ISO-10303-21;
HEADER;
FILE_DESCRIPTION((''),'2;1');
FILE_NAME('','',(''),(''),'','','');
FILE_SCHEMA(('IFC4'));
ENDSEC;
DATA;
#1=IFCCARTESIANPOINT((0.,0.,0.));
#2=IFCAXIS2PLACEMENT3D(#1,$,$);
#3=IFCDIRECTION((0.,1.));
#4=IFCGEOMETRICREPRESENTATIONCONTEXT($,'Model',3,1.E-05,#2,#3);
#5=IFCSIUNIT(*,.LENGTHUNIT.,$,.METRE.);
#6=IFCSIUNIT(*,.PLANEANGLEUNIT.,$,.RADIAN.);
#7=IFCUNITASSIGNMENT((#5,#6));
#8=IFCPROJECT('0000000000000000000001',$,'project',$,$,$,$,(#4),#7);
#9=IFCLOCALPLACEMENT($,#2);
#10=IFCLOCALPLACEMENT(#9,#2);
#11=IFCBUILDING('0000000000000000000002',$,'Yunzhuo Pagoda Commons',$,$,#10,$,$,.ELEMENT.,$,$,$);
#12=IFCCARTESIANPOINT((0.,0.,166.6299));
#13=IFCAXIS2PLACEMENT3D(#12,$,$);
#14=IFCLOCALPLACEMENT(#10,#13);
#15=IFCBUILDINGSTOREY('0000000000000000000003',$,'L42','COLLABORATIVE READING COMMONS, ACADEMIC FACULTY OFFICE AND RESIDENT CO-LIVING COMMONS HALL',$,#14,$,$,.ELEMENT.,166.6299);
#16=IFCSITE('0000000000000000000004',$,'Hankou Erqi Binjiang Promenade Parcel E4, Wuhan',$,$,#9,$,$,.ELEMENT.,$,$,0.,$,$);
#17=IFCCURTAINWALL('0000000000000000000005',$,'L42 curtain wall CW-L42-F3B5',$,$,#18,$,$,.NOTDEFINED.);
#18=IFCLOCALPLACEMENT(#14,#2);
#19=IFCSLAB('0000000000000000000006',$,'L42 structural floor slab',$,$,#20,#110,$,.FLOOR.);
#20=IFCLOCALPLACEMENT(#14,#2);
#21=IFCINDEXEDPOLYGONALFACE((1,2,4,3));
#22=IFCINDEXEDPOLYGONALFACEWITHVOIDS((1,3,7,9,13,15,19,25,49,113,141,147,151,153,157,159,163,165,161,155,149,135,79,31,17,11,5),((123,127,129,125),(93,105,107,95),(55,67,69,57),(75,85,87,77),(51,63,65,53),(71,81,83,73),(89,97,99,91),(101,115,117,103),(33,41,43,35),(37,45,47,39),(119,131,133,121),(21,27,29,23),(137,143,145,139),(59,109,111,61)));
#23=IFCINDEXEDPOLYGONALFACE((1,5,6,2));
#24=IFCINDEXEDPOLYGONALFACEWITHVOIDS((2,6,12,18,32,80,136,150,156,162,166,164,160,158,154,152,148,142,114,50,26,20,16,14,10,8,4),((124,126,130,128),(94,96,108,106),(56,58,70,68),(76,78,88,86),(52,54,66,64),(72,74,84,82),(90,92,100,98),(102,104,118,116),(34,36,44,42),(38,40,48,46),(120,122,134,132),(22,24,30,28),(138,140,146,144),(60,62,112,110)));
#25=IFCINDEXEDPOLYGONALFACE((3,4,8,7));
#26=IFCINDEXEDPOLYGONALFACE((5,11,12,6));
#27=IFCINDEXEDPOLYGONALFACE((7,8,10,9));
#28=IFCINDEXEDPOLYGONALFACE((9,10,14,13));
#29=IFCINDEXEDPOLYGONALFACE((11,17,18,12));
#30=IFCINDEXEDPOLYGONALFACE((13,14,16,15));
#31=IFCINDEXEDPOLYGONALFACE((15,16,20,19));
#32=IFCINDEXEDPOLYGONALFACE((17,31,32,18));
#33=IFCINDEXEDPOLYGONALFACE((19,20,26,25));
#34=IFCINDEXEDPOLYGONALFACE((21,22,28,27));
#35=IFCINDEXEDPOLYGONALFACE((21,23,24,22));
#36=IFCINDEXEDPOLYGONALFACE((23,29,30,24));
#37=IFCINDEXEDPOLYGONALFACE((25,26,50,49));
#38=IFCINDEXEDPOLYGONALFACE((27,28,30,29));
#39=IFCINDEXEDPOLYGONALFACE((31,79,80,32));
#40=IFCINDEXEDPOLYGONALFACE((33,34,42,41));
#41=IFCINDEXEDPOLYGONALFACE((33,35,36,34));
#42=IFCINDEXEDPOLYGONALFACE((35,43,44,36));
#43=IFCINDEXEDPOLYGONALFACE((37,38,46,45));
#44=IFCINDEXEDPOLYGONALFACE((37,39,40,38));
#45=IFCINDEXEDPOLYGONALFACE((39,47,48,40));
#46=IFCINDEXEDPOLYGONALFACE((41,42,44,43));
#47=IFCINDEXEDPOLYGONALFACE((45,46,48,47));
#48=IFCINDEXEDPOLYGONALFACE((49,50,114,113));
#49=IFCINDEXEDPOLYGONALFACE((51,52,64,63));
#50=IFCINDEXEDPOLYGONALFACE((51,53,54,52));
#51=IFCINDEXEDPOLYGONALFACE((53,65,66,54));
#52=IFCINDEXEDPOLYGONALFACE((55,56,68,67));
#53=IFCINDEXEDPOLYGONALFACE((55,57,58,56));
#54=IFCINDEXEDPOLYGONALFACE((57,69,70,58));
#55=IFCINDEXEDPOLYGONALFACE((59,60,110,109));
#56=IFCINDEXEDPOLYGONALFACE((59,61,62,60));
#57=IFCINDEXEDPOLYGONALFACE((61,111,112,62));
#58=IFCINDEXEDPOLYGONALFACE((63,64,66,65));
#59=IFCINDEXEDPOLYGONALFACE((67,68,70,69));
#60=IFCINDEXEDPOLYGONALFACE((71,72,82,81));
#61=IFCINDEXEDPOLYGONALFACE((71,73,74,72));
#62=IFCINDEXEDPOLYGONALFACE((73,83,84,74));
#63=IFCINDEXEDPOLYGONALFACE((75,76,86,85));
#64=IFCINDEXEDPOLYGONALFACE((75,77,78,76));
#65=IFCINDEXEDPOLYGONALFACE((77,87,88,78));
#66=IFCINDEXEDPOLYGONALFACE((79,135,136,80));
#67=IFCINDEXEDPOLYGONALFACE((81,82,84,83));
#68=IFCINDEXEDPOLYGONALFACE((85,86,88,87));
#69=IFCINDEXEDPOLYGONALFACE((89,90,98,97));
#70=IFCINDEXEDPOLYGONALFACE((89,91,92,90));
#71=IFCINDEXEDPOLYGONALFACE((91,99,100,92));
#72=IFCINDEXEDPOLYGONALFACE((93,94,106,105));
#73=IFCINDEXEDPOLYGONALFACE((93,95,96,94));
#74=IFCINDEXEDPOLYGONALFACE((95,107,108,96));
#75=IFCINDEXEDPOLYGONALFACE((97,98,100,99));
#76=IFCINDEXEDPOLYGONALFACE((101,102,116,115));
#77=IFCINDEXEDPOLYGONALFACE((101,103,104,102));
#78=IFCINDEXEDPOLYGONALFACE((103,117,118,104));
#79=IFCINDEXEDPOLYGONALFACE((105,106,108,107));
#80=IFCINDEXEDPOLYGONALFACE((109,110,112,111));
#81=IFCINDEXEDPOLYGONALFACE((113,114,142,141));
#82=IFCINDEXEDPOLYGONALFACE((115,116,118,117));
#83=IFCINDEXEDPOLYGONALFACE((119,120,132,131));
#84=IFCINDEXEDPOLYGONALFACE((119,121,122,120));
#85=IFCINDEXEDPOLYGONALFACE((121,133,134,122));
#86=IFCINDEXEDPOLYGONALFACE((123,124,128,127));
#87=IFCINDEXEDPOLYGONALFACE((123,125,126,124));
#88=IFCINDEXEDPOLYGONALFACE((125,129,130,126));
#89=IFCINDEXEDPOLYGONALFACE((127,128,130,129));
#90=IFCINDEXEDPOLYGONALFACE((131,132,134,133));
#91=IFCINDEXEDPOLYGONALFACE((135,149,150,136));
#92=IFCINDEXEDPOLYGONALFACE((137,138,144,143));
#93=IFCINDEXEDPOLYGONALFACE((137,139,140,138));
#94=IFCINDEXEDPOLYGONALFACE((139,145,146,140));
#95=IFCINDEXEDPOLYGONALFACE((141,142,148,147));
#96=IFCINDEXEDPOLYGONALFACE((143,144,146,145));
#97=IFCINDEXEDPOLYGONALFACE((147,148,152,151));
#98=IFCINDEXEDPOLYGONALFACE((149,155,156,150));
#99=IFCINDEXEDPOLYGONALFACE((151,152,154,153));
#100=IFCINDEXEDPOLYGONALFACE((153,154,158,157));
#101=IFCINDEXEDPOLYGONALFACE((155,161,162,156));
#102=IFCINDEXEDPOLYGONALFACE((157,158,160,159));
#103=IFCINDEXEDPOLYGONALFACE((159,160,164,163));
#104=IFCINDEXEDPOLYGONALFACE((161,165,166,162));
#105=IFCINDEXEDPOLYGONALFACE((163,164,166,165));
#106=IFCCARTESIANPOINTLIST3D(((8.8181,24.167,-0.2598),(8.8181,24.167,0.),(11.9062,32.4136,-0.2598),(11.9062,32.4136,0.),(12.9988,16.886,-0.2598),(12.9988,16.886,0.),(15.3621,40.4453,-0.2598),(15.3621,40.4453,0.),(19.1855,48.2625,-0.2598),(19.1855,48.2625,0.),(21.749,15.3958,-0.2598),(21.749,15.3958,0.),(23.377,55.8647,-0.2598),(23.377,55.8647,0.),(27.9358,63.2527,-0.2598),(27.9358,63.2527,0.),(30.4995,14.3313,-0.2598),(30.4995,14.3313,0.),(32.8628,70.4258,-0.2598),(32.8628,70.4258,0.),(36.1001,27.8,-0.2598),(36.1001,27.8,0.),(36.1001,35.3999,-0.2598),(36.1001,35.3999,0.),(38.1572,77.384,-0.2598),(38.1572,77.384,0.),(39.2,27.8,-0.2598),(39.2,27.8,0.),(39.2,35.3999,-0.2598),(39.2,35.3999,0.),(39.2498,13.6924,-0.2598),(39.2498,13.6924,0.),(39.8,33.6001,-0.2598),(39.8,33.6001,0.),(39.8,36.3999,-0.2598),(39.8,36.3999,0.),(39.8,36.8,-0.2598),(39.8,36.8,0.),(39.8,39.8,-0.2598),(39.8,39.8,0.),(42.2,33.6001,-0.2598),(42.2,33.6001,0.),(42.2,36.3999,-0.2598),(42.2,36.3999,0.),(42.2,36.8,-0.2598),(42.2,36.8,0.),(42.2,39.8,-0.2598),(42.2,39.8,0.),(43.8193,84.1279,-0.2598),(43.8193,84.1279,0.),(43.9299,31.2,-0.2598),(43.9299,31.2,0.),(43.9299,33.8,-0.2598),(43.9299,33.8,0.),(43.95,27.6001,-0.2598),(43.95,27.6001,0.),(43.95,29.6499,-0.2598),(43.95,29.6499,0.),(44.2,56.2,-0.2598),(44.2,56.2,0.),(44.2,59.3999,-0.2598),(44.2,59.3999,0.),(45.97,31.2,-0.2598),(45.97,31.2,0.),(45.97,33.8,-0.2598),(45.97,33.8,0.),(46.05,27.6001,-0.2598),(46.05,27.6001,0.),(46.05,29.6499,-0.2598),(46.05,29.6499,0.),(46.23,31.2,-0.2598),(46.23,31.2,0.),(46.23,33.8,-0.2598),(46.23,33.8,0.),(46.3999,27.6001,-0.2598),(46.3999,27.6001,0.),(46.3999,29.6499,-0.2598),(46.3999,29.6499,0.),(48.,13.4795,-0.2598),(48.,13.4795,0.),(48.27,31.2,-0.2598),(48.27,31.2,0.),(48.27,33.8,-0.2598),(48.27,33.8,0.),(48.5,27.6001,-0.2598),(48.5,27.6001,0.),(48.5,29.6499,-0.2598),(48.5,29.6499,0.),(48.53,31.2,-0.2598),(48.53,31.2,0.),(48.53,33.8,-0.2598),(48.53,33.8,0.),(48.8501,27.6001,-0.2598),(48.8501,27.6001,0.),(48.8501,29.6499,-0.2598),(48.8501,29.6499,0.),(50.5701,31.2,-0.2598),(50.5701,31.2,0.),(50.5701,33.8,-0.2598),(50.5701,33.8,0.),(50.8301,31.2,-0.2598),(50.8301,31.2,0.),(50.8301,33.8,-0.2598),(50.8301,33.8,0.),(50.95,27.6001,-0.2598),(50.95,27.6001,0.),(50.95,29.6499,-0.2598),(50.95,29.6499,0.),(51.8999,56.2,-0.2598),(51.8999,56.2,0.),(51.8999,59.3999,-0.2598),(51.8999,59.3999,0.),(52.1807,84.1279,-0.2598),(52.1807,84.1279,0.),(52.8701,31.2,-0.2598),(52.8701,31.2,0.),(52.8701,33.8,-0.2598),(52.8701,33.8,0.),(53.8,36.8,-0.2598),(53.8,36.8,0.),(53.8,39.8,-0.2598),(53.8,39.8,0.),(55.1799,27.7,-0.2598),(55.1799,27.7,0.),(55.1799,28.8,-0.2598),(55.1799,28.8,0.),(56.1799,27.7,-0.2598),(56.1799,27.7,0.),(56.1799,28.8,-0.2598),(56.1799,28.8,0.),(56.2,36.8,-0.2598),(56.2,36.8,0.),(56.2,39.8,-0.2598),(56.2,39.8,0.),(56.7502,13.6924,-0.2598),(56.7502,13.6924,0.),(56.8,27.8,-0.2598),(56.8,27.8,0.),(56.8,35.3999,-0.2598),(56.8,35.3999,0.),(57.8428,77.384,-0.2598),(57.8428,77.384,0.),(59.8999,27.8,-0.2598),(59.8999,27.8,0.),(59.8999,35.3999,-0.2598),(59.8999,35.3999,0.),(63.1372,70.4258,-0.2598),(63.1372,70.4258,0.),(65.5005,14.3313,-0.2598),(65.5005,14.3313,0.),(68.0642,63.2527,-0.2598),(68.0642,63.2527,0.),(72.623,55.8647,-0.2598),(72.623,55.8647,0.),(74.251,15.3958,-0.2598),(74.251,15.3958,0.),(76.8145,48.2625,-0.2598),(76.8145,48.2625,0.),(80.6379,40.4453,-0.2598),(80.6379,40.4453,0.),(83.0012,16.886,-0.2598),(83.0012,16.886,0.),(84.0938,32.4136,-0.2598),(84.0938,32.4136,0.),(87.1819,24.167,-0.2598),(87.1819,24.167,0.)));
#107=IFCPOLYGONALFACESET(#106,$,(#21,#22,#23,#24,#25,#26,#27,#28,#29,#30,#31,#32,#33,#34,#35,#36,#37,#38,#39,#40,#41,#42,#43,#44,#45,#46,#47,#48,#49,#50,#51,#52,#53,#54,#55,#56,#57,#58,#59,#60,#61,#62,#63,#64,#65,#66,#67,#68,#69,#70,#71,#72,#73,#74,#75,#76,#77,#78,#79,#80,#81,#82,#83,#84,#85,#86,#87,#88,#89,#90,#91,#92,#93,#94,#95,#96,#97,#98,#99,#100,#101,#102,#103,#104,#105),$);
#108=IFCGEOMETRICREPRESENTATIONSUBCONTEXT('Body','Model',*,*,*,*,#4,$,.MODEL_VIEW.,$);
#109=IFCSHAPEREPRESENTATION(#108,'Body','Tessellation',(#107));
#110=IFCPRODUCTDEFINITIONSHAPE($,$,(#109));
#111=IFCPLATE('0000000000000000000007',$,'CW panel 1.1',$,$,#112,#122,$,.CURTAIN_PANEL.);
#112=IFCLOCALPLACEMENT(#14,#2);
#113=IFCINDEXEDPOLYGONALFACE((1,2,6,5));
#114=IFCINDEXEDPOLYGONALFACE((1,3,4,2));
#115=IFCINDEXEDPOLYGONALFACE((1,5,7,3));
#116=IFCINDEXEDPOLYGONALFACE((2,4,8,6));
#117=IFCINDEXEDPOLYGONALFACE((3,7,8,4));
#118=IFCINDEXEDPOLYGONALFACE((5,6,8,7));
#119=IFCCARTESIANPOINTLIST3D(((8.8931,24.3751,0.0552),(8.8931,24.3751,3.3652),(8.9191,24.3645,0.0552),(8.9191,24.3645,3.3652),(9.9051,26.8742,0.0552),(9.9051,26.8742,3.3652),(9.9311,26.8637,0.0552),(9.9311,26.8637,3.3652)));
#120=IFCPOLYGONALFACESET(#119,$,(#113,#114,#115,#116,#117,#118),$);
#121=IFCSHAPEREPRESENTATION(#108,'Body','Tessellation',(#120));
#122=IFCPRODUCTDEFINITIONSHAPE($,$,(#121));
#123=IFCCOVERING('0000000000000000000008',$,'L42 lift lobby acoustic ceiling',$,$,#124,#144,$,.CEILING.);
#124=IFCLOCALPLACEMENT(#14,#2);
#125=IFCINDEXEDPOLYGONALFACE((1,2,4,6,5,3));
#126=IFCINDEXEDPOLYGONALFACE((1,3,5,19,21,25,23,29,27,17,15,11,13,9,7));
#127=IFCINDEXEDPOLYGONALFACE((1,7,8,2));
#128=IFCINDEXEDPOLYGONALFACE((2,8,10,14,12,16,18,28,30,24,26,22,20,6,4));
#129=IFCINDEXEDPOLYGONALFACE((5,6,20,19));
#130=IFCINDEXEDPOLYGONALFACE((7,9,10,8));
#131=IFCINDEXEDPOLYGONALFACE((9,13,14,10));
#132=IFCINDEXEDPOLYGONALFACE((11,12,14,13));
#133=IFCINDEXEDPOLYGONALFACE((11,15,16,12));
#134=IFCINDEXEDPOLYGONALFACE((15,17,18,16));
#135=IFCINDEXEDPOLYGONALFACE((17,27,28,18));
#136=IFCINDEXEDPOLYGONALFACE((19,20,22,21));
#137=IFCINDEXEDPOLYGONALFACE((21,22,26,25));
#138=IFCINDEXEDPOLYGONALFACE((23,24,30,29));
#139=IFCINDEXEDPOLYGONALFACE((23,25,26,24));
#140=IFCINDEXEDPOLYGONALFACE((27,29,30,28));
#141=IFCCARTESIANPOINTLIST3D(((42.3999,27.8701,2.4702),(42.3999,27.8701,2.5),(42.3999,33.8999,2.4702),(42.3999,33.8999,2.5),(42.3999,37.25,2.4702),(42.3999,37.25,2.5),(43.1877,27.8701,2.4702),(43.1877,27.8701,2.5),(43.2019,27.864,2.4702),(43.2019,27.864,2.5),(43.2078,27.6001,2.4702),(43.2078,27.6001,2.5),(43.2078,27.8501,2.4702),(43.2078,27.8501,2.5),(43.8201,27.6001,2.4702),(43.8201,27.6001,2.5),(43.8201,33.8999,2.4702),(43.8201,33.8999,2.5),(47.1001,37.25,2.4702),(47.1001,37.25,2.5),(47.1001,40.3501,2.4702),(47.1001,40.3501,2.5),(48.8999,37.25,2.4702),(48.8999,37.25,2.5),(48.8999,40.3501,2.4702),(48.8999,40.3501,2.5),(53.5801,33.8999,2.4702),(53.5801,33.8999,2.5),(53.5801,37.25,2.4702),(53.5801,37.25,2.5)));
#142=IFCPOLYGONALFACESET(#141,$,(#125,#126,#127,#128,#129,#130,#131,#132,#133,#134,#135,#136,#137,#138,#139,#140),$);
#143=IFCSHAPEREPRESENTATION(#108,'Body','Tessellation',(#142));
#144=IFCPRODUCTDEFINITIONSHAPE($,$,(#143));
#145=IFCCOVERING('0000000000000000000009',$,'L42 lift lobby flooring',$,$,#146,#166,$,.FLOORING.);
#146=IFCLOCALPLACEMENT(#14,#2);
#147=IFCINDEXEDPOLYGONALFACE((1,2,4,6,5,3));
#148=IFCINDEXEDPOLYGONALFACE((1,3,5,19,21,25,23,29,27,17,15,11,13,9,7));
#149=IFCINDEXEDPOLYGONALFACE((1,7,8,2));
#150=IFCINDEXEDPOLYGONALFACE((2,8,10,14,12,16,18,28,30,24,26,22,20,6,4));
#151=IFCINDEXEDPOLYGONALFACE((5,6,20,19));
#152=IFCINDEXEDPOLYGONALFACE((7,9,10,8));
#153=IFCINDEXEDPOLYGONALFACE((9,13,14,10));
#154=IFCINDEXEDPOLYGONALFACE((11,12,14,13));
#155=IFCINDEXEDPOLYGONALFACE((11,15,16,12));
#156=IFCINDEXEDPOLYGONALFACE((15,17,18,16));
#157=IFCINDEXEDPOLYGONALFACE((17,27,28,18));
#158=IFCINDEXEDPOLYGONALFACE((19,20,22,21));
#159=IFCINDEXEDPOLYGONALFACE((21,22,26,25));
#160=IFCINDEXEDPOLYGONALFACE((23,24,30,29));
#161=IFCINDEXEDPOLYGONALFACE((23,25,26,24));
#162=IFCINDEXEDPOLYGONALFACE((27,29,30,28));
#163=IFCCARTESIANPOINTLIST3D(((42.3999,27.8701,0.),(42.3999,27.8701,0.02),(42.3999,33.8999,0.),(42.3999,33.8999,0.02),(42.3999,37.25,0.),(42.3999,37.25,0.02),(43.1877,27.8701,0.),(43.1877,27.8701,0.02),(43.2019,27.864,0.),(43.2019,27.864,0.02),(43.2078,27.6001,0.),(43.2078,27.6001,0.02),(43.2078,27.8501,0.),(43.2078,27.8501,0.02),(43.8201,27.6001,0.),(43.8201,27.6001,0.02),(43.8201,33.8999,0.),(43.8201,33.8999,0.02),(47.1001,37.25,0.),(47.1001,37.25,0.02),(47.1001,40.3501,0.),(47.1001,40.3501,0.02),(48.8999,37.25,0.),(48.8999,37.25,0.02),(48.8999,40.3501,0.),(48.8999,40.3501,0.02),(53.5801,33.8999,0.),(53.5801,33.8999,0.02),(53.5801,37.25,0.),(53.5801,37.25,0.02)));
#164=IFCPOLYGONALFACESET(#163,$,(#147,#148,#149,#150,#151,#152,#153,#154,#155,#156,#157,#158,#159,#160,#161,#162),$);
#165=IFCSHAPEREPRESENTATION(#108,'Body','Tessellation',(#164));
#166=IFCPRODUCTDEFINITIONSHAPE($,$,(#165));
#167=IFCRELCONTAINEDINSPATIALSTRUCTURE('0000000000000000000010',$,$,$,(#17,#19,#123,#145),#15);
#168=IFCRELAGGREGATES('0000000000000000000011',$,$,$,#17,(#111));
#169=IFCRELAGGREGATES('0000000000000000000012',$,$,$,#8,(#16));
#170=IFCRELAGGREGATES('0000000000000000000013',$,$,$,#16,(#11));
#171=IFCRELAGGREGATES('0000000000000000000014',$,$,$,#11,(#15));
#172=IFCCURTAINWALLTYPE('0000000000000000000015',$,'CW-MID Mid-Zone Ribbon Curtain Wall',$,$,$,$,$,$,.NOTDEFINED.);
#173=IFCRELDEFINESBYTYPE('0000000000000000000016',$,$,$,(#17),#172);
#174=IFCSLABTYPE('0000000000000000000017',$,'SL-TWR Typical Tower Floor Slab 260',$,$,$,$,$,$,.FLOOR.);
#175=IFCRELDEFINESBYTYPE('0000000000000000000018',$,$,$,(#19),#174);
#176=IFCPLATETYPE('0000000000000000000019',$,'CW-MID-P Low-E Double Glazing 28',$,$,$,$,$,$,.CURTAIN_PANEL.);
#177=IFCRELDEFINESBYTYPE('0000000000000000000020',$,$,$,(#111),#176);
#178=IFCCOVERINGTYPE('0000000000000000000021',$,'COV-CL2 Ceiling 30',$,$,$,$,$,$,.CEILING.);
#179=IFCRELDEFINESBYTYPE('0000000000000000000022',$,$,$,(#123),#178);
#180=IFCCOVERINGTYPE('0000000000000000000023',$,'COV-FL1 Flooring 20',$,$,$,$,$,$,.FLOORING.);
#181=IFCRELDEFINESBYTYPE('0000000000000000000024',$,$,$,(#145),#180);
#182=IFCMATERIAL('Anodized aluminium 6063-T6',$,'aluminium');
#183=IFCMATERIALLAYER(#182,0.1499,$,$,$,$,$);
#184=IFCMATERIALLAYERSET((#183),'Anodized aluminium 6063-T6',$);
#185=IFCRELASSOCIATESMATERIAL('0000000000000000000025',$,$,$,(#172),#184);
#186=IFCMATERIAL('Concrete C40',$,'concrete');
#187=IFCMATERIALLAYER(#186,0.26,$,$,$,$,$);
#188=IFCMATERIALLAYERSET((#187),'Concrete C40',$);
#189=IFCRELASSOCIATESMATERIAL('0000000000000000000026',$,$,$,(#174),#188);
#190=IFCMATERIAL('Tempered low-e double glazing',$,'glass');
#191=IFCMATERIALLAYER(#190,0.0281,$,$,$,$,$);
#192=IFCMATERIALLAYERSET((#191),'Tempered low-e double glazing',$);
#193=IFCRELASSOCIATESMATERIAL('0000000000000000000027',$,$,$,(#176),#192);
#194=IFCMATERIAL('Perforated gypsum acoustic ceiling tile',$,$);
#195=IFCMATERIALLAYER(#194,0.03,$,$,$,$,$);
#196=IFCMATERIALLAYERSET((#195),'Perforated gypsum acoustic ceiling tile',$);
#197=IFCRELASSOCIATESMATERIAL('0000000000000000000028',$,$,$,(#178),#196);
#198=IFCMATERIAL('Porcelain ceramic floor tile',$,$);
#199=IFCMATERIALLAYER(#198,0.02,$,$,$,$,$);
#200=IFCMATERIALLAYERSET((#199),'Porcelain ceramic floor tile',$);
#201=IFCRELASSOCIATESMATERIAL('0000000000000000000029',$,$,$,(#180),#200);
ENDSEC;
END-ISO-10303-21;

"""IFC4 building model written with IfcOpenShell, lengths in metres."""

from ifc_helpers import new_model, si_unit, direction, frame, origin, origin_2d, place, context, subcontext, project, spatial, polyline, rectangle, outline, extrude, source, transform, mapped, material, layer, layer_set, type_object, element, aggregate, save


model = new_model("IFC4")

# Units and contexts
model_context = context("Model", 3, precision=1e-05, world=origin(), true_north=direction((0.0, 1.0)))
body_context = subcontext(model_context, "Body", "Model", "MODEL_VIEW")
ifc_project = project(units=[si_unit("LENGTHUNIT", "METRE"), si_unit("PLANEANGLEUNIT", "RADIAN")], contexts=[model_context])

# Site, building, storey
site_placement = place(None, origin())
site = spatial("IfcSite", under=ifc_project, at=site_placement, Name="Hankou Erqi Binjiang Promenade Parcel E4, Wuhan", CompositionType="ELEMENT", RefElevation=0.0)
building_placement = place(site_placement, origin())
building = spatial("IfcBuilding", under=site, at=building_placement, Name="Yunzhuo Pagoda Commons", CompositionType="ELEMENT")
storey_placement = place(building_placement, frame((0.0, 0.0, 166.6299)))
storey = spatial("IfcBuildingStorey", under=building, at=storey_placement, Name="L42", Description="COLLABORATIVE READING COMMONS, ACADEMIC FACULTY OFFICE AND RESIDENT CO-LIVING COMMONS HALL", CompositionType="ELEMENT", Elevation=166.6299)

# Shared definitions
ifc_material_1 = material(Name="Anodized aluminium 6063-T6", Category="aluminium")
ifc_layer_1 = layer(ifc_material_1, 0.1499)
ifc_layer_set_1 = layer_set([ifc_layer_1], Name="Anodized aluminium 6063-T6")
curtain_wall_type = type_object("IfcCurtainWallType", Name="CW-MID Mid-Zone Ribbon Curtain Wall", PredefinedType="NOTDEFINED", material=ifc_layer_set_1)

# Curtain wall
curtain_wall_1_placement = place(storey_placement, origin())
curtain_wall_1 = element("IfcCurtainWall", 1, at=curtain_wall_1_placement, inside=storey, type_object=curtain_wall_type, Name="L42 curtain wall CW-L42-F3B5", PredefinedType="NOTDEFINED")

# Shared definitions
ifc_material_2 = material(Name="Concrete C40", Category="concrete")

# Slab
ifc_layer_2 = layer(ifc_material_2, 0.26)
ifc_layer_set_2 = layer_set([ifc_layer_2], Name="Concrete C40")
slab_type_1 = type_object("IfcSlabType", Name="SL-TWR Typical Tower Floor Slab 260", PredefinedType="FLOOR", material=ifc_layer_set_2)
slab_1_placement = place(storey_placement, frame((0.0, 0.0, -0.2598)))
element("IfcSlab", 2, at=slab_1_placement, inside=storey, type_object=slab_type_1, Name="L42 structural floor slab", PredefinedType="FLOOR", context=body_context, shape_type="SweptSolid", body=[
    extrude(outline(polyline([(11.9062, 32.4136), (15.3621, 40.4453), (19.1855, 48.2625), (23.377, 55.8647), (27.9358, 63.2527), (32.8628, 70.4258), (38.1572, 77.384), (43.8193, 84.1279), (52.1807, 84.1279), (57.8428, 77.384), (63.1372, 70.4258), (68.0642, 63.2527), (72.623, 55.8647), (76.8145, 48.2625), (80.6379, 40.4453), (84.0938, 32.4136), (87.1819, 24.167), (83.0012, 16.886), (74.251, 15.3958), (65.5005, 14.3313), (56.7502, 13.6924), (48.0, 13.4795), (39.2498, 13.6924), (30.4995, 14.3313), (21.749, 15.3958), (12.9988, 16.886), (8.8181, 24.167), (11.9062, 32.4136)]), holes=[polyline([(46.05, 29.6499), (43.95, 29.6499), (43.95, 27.6001), (46.05, 27.6001), (46.05, 29.6499)]), polyline([(48.5, 27.6001), (48.5, 29.6499), (46.3999, 29.6499), (46.3999, 27.6001), (48.5, 27.6001)]), polyline([(36.1001, 27.8), (39.2, 27.8), (39.2, 35.3999), (36.1001, 35.3999), (36.1001, 27.8)]), polyline([(45.97, 31.2), (45.97, 33.8), (43.9299, 33.8), (43.9299, 31.2), (45.97, 31.2)]), polyline([(48.27, 31.2), (48.27, 33.8), (46.23, 33.8), (46.23, 31.2), (48.27, 31.2)]), polyline([(42.2, 33.6001), (42.2, 36.3999), (39.8, 36.3999), (39.8, 33.6001), (42.2, 33.6001)]), polyline([(42.2, 36.8), (42.2, 39.8), (39.8, 39.8), (39.8, 36.8), (42.2, 36.8)]), polyline([(56.1799, 28.8), (55.1799, 28.8), (55.1799, 27.7), (56.1799, 27.7), (56.1799, 28.8)]), polyline([(50.95, 27.6001), (50.95, 29.6499), (48.8501, 29.6499), (48.8501, 27.6001), (50.95, 27.6001)]), polyline([(56.8, 27.8), (59.8999, 27.8), (59.8999, 35.3999), (56.8, 35.3999), (56.8, 27.8)]), polyline([(50.5701, 31.2), (50.5701, 33.8), (48.53, 33.8), (48.53, 31.2), (50.5701, 31.2)]), polyline([(52.8701, 31.2), (52.8701, 33.8), (50.8301, 33.8), (50.8301, 31.2), (52.8701, 31.2)]), polyline([(56.2, 36.8), (56.2, 39.8), (53.8, 39.8), (53.8, 36.8), (56.2, 36.8)]), polyline([(51.8999, 56.2), (51.8999, 59.3999), (44.2, 59.3999), (44.2, 56.2), (51.8999, 56.2)])]), origin(), (0.0, 0.0, 1.0), 0.2598),
])

# Plate
ifc_material_3 = material(Name="Tempered low-e double glazing", Category="glass")
ifc_layer_3 = layer(ifc_material_3, 0.0281)
ifc_layer_set_3 = layer_set([ifc_layer_3], Name="Tempered low-e double glazing")
plate_type = type_object("IfcPlateType", Name="CW-MID-P Low-E Double Glazing 28", PredefinedType="CURTAIN_PANEL", material=ifc_layer_set_3)
shared_shape_1 = source(origin(), body_context, "Body", "SweptSolid", [
    extrude(rectangle(XDim=2.6963, YDim=0.0281, at=origin_2d()), origin(), (0.0, 0.0, 1.0), 3.3101),
])
plate_placement = place(storey_placement, frame((9.4121, 25.6194, 0.0552), z_axis=(0.0, 0.0, 1.0), x_axis=(-0.375318, -0.926896, 0.0)))
plate = element("IfcPlate", 3, at=plate_placement, type_object=plate_type, Name="CW panel 1.1", PredefinedType="CURTAIN_PANEL", context=body_context, shape_type="MappedRepresentation", body=[
    mapped(shared_shape_1, transform((0.0, 0.0, 0.0), scale=1.0)),
])
aggregate(curtain_wall_1, [plate])

# Coverings
ifc_material_4 = material(Name="Perforated gypsum acoustic ceiling tile")
ifc_layer_4 = layer(ifc_material_4, 0.03)
ifc_layer_set_4 = layer_set([ifc_layer_4], Name="Perforated gypsum acoustic ceiling tile")
covering_type_1 = type_object("IfcCoveringType", Name="COV-CL2 Ceiling 30", PredefinedType="CEILING", material=ifc_layer_set_4)
covering_1_placement = place(storey_placement, frame((0.0, 0.0, 2.4702)))
element("IfcCovering", 4, at=covering_1_placement, inside=storey, type_object=covering_type_1, Name="L42 lift lobby acoustic ceiling", PredefinedType="CEILING", context=body_context, shape_type="SweptSolid", body=[
    extrude(outline(polyline([(43.2078, 27.8501), (43.2019, 27.864), (43.1877, 27.8701), (42.3999, 27.8701), (42.3999, 33.8999), (42.3999, 37.25), (47.1001, 37.25), (47.1001, 40.3501), (48.8999, 40.3501), (48.8999, 37.25), (53.5801, 37.25), (53.5801, 33.8999), (43.8201, 33.8999), (43.8201, 27.6001), (43.2078, 27.6001), (43.2078, 27.8501)])), origin(), (0.0, 0.0, 1.0), 0.0298),
])
ifc_material_5 = material(Name="Porcelain ceramic floor tile")
ifc_layer_5 = layer(ifc_material_5, 0.02)
ifc_layer_set_5 = layer_set([ifc_layer_5], Name="Porcelain ceramic floor tile")
covering_type_2 = type_object("IfcCoveringType", Name="COV-FL1 Flooring 20", PredefinedType="FLOORING", material=ifc_layer_set_5)
covering_2_placement = place(storey_placement, origin())
element("IfcCovering", 5, at=covering_2_placement, inside=storey, type_object=covering_type_2, Name="L42 lift lobby flooring", PredefinedType="FLOORING", context=body_context, shape_type="SweptSolid", body=[
    extrude(outline(polyline([(43.2078, 27.8501), (43.2019, 27.864), (43.1877, 27.8701), (42.3999, 27.8701), (42.3999, 33.8999), (42.3999, 37.25), (47.1001, 37.25), (47.1001, 40.3501), (48.8999, 40.3501), (48.8999, 37.25), (53.5801, 37.25), (53.5801, 33.8999), (43.8201, 33.8999), (43.8201, 27.6001), (43.2078, 27.6001), (43.2078, 27.8501)])), origin(), (0.0, 0.0, 1.0), 0.02),
])

save(model, "model.ifc")
